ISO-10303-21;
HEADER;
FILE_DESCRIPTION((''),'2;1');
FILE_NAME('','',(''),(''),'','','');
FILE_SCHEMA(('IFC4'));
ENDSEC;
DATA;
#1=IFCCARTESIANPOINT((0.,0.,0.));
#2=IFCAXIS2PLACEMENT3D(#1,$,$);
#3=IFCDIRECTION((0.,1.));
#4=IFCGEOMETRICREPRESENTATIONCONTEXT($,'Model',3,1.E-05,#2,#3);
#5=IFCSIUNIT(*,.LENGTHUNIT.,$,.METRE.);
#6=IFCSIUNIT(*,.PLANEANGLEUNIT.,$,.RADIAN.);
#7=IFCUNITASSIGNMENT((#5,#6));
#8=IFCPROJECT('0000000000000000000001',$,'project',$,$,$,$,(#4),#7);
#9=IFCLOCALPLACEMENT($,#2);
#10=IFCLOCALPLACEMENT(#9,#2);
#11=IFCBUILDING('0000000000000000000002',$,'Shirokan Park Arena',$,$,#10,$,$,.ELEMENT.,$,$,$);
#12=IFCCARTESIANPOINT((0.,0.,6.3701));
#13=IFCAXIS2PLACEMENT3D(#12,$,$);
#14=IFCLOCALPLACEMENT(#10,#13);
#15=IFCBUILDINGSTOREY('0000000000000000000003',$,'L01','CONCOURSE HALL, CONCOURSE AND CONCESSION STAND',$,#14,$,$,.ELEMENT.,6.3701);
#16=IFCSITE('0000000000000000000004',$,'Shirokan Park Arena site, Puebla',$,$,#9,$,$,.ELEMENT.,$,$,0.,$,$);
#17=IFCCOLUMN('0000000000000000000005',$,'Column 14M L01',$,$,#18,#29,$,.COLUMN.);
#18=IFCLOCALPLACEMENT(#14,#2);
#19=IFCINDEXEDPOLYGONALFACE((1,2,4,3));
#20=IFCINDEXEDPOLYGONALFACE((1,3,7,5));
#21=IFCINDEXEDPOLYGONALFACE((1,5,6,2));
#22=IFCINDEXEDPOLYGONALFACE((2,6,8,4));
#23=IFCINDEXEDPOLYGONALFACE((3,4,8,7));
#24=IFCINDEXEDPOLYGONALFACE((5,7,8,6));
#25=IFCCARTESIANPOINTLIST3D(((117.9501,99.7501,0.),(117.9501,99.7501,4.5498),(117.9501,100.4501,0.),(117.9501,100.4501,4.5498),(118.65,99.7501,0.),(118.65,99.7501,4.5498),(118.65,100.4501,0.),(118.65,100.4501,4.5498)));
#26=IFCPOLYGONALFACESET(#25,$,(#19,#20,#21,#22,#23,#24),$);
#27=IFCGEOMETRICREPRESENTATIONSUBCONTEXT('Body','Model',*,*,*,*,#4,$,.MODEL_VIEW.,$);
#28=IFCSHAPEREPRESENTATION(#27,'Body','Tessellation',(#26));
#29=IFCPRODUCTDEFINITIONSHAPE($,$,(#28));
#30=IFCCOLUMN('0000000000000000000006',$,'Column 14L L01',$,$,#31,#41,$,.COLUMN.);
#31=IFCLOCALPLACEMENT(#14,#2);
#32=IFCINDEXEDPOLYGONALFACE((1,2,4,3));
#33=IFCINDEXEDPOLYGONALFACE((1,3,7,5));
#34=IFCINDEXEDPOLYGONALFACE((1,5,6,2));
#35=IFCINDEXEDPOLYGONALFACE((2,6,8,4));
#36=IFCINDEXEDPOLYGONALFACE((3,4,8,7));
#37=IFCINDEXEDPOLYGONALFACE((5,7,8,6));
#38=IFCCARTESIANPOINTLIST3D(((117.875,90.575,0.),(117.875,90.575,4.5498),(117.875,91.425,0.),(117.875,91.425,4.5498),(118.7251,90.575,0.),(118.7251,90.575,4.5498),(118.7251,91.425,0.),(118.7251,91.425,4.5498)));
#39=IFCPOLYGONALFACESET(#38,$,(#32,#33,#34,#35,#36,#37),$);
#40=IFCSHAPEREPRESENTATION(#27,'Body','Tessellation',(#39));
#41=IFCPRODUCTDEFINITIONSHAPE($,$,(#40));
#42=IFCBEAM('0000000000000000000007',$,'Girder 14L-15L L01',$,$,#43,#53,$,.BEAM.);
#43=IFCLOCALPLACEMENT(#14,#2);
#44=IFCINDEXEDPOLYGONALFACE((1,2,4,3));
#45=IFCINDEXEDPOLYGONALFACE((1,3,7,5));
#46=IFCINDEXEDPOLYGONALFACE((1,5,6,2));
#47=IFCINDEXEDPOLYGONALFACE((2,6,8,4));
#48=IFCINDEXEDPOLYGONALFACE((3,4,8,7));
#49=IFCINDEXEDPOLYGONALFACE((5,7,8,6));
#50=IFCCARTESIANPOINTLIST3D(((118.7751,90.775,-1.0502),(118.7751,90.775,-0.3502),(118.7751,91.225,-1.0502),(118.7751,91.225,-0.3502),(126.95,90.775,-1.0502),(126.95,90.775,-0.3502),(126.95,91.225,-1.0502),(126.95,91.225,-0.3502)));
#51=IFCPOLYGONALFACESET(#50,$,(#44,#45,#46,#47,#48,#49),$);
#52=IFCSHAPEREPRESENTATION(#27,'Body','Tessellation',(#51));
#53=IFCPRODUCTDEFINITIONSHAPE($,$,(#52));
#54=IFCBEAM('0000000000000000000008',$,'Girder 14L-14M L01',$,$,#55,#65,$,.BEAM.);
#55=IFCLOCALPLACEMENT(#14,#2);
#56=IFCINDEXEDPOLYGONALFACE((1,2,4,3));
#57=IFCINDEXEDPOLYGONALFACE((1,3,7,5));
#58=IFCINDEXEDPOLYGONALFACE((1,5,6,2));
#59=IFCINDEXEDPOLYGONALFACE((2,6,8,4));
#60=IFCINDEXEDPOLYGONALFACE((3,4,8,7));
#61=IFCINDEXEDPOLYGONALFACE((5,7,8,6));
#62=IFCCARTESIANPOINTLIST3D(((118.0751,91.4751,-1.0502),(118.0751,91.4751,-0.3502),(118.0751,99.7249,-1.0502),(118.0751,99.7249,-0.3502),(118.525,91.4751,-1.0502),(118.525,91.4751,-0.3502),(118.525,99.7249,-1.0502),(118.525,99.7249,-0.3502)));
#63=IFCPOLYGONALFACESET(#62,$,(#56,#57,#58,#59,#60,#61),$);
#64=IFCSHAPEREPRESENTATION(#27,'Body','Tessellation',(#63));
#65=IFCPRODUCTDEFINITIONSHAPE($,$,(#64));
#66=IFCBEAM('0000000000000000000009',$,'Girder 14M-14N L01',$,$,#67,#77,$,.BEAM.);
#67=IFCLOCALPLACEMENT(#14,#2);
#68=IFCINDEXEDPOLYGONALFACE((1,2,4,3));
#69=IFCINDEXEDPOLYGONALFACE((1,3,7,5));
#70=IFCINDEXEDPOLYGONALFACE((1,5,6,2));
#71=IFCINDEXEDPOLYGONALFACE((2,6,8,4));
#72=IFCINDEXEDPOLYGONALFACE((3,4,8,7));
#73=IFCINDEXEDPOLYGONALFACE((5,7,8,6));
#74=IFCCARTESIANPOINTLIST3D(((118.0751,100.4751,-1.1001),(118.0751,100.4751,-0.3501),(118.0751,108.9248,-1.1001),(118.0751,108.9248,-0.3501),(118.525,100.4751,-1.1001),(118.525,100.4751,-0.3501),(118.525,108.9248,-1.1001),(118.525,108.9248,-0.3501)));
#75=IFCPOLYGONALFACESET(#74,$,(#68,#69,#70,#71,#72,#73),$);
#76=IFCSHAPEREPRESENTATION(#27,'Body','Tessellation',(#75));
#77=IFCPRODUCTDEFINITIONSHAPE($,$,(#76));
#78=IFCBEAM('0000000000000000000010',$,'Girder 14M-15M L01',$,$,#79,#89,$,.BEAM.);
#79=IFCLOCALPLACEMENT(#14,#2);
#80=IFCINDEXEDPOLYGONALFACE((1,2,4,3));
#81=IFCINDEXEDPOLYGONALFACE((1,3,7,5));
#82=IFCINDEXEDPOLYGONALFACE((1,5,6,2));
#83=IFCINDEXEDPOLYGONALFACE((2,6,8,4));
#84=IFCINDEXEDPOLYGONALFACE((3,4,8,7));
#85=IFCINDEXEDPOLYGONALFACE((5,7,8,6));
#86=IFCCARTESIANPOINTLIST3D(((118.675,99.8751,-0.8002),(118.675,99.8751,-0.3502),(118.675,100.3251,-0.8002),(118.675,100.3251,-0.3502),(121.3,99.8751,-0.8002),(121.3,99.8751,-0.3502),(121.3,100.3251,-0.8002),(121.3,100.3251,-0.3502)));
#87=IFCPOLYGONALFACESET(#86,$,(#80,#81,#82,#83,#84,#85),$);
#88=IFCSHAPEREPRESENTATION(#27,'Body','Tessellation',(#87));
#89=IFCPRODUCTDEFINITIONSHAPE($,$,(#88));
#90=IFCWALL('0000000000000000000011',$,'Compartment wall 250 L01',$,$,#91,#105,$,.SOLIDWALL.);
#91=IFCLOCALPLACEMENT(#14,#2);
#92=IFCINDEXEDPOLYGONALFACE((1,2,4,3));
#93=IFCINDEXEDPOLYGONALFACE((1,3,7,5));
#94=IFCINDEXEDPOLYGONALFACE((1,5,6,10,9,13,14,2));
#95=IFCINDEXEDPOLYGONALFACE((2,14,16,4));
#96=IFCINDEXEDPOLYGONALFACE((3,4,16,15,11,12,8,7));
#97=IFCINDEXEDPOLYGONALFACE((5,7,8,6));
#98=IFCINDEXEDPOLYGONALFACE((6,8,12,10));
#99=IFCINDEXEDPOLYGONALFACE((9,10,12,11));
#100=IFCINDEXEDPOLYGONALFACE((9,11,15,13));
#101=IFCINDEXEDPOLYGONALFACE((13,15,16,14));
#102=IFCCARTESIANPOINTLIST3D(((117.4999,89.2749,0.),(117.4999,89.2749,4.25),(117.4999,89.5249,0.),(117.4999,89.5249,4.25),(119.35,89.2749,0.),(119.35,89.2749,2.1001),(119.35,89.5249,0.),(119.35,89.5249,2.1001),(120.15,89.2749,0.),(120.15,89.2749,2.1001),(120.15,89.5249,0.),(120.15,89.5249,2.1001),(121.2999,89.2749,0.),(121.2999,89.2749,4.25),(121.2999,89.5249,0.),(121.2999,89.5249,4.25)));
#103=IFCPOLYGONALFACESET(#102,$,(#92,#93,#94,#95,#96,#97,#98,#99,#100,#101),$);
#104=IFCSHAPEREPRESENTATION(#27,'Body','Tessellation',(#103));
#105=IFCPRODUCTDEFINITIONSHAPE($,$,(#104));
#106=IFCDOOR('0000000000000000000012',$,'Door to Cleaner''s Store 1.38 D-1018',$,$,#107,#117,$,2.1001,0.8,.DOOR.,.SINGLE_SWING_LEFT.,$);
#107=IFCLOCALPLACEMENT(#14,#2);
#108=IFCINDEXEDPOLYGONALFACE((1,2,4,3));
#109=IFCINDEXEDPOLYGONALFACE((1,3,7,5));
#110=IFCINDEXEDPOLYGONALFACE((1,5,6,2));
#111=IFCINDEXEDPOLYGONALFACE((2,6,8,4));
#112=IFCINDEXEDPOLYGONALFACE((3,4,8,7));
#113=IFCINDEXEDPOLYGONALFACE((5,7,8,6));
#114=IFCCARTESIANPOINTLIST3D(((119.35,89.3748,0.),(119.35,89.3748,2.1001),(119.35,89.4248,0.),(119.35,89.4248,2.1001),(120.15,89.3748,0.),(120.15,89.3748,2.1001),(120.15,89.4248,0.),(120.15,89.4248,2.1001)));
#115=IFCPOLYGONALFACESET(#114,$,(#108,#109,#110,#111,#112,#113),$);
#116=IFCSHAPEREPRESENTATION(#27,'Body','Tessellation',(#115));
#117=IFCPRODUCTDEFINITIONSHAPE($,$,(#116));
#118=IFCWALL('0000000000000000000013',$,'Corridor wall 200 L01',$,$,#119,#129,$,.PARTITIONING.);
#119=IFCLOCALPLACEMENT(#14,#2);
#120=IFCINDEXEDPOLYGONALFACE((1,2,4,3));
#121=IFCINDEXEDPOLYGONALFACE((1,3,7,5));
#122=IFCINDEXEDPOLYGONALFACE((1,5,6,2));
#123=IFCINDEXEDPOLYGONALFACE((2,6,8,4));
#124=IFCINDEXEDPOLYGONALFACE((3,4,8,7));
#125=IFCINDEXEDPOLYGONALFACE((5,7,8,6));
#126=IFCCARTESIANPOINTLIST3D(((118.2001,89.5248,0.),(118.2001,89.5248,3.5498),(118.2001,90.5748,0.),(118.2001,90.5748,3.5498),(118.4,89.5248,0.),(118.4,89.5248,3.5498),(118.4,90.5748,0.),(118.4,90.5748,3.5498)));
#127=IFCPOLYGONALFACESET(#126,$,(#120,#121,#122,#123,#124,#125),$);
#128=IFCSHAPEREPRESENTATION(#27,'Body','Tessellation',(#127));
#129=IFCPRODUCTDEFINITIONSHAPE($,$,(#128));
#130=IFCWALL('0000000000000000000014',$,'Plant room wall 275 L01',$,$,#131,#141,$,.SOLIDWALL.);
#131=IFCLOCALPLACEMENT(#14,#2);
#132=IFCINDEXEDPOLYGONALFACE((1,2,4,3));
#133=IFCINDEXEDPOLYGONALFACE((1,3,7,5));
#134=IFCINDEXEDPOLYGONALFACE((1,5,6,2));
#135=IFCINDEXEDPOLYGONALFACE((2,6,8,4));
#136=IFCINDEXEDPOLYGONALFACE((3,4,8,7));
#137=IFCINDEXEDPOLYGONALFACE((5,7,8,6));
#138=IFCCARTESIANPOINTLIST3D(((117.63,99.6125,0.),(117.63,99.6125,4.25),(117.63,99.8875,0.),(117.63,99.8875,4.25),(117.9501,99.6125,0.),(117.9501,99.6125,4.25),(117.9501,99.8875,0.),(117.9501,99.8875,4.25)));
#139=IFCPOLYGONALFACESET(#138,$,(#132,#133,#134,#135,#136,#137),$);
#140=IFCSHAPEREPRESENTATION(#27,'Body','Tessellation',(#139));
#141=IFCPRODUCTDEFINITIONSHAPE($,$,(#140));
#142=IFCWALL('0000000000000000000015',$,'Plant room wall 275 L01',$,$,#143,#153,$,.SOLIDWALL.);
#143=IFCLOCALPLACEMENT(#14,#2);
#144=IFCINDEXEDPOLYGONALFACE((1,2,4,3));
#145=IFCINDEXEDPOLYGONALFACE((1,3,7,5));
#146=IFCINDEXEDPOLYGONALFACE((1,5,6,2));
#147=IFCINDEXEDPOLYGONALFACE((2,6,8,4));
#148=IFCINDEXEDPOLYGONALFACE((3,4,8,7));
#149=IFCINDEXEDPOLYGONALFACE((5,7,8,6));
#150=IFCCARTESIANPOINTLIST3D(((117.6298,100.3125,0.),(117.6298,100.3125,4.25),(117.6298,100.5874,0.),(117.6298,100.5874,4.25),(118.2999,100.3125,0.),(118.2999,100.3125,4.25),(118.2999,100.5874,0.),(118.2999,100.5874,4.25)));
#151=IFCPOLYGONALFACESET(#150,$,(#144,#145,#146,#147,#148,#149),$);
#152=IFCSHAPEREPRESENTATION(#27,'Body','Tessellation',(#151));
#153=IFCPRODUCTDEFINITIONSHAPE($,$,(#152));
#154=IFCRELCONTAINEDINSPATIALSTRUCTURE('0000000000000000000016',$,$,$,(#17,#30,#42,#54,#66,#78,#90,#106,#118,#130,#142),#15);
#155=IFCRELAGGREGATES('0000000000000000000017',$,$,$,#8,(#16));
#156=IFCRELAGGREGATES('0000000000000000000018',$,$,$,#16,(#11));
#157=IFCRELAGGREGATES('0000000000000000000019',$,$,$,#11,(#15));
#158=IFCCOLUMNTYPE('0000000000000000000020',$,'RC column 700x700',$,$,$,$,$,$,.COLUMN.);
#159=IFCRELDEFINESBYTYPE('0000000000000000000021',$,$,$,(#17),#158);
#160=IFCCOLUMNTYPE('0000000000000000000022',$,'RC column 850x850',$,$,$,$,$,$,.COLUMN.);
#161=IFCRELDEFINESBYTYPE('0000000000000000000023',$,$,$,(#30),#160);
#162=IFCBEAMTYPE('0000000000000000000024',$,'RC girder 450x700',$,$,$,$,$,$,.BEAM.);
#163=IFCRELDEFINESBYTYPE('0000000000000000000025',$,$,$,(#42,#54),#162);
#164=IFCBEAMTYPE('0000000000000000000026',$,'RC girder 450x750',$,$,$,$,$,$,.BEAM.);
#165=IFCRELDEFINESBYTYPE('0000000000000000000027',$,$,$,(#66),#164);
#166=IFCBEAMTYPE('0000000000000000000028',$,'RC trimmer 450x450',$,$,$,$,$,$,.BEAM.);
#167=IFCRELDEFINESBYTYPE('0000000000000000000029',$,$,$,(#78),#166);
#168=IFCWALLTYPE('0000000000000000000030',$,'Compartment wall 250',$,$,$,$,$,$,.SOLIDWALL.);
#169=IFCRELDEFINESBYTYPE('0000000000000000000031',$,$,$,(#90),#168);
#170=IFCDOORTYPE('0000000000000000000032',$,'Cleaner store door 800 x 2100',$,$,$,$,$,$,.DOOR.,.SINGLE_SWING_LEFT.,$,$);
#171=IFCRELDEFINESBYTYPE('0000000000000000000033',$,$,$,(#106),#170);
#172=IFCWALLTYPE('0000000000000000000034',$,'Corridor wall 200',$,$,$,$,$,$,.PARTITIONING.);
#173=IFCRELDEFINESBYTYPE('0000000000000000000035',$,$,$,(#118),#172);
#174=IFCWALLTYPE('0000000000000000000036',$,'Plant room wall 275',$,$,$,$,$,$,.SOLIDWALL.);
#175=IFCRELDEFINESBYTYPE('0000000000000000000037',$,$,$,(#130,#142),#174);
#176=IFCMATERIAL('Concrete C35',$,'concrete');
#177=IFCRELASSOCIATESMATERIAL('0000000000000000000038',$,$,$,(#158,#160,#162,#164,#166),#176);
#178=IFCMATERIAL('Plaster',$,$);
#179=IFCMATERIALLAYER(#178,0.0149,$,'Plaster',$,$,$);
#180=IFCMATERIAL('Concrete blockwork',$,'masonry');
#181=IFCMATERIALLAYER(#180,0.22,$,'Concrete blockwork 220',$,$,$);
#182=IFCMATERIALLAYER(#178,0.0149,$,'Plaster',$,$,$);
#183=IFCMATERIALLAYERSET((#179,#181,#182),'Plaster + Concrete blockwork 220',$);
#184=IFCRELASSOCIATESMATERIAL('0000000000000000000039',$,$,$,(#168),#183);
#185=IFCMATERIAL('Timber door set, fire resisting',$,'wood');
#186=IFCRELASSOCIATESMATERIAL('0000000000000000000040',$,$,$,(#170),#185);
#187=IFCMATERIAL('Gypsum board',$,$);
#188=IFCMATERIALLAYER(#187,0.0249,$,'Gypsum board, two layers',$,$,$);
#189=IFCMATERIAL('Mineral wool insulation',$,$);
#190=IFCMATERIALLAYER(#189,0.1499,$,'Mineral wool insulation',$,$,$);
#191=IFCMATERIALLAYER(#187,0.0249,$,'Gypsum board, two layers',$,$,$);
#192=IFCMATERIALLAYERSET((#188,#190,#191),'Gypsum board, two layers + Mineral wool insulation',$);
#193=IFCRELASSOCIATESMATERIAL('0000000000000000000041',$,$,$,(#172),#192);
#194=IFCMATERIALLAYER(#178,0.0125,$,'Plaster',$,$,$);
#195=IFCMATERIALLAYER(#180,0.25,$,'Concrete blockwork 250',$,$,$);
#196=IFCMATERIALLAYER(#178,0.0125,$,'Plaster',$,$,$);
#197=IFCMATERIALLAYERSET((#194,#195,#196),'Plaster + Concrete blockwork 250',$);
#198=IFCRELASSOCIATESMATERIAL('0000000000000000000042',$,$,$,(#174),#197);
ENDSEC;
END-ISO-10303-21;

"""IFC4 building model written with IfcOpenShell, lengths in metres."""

from ifc_helpers import new_model, si_unit, direction, frame, frame_2d, origin, origin_2d, place, context, subcontext, project, spatial, rectangle, extrude, material, layer, layer_set, material_profile, profile_set, type_object, element, fill, save


model = new_model("IFC4")

# Units and contexts
model_context = context("Model", 3, precision=1e-05, world=origin(), true_north=direction((0.0, 1.0)))
body_context = subcontext(model_context, "Body", "Model", "MODEL_VIEW")
ifc_project = project(units=[si_unit("LENGTHUNIT", "METRE"), si_unit("PLANEANGLEUNIT", "RADIAN")], contexts=[model_context])

# Site, building, storey
site_placement = place(None, origin())
site = spatial("IfcSite", under=ifc_project, at=site_placement, Name="Shirokan Park Arena site, Puebla", CompositionType="ELEMENT", RefElevation=0.0)
building_placement = place(site_placement, origin())
building = spatial("IfcBuilding", under=site, at=building_placement, Name="Shirokan Park Arena", CompositionType="ELEMENT")
storey_placement = place(building_placement, frame((0.0, 0.0, 6.3701)))
storey = spatial("IfcBuildingStorey", under=building, at=storey_placement, Name="L01", Description="CONCOURSE HALL, CONCOURSE AND CONCESSION STAND", CompositionType="ELEMENT", Elevation=6.3701)

# Columns
ifc_material_1 = material(Name="Concrete C35", Category="concrete")
ifc_material_profile_1 = material_profile(ifc_material_1, rectangle(XDim=0.7, YDim=0.7, at=origin_2d()), Name="700x700")
ifc_profile_set_1 = profile_set([ifc_material_profile_1], Name="Concrete C35")
column_type_1 = type_object("IfcColumnType", Name="RC column 700x700", PredefinedType="COLUMN", material=ifc_profile_set_1)
column_1_placement = place(storey_placement, frame((118.3, 100.1001, 0.0), z_axis=(0.0, 0.0, 1.0), x_axis=(1.0, 0.0, 0.0)))
element("IfcColumn", 1, at=column_1_placement, inside=storey, type_object=column_type_1, Name="Column 14M L01", PredefinedType="COLUMN", context=body_context, shape_type="SweptSolid", body=[
    extrude(rectangle(XDim=0.7, YDim=0.7, at=origin_2d()), origin(), (0.0, 0.0, 1.0), 4.5498),
])
ifc_material_profile_2 = material_profile(ifc_material_1, rectangle(XDim=0.8501, YDim=0.8501, at=origin_2d()), Name="850x850")
ifc_profile_set_2 = profile_set([ifc_material_profile_2], Name="Concrete C35")
column_type_2 = type_object("IfcColumnType", Name="RC column 850x850", PredefinedType="COLUMN", material=ifc_profile_set_2)
column_2_placement = place(storey_placement, frame((118.3, 91.0, 0.0), z_axis=(0.0, 0.0, 1.0), x_axis=(1.0, 0.0, 0.0)))
element("IfcColumn", 2, at=column_2_placement, inside=storey, type_object=column_type_2, Name="Column 14L L01", PredefinedType="COLUMN", context=body_context, shape_type="SweptSolid", body=[
    extrude(rectangle(XDim=0.8501, YDim=0.8501, at=origin_2d()), origin(), (0.0, 0.0, 1.0), 4.5498),
])

# Beams
ifc_material_profile_3 = material_profile(ifc_material_1, rectangle(XDim=0.45, YDim=0.7, at=origin_2d()), Name="450x700")
ifc_profile_set_3 = profile_set([ifc_material_profile_3], Name="Concrete C35")
beam_type_1 = type_object("IfcBeamType", Name="RC girder 450x700", PredefinedType="BEAM", material=ifc_profile_set_3)
beam_1_placement = place(storey_placement, frame((118.7751, 91.0, -0.7002), z_axis=(1.0, 0.0, 0.0), x_axis=(0.0, 1.0, 0.0)))
element("IfcBeam", 3, at=beam_1_placement, inside=storey, type_object=beam_type_1, Name="Girder 14L-15L L01", PredefinedType="BEAM", context=body_context, shape_type="SweptSolid", body=[
    extrude(rectangle(XDim=0.45, YDim=0.7, at=origin_2d()), origin(), (0.0, 0.0, 1.0), 8.1748),
])
beam_2_placement = place(storey_placement, frame((118.3, 91.4751, -0.7002), z_axis=(0.0, 1.0, 0.0), x_axis=(-1.0, 0.0, 0.0)))
element("IfcBeam", 4, at=beam_2_placement, inside=storey, type_object=beam_type_1, Name="Girder 14L-14M L01", PredefinedType="BEAM", context=body_context, shape_type="SweptSolid", body=[
    extrude(rectangle(XDim=0.45, YDim=0.7, at=origin_2d()), origin(), (0.0, 0.0, 1.0), 8.2498),
])
ifc_material_profile_4 = material_profile(ifc_material_1, rectangle(XDim=0.45, YDim=0.75, at=origin_2d()), Name="450x750")
ifc_profile_set_4 = profile_set([ifc_material_profile_4], Name="Concrete C35")
beam_type_2 = type_object("IfcBeamType", Name="RC girder 450x750", PredefinedType="BEAM", material=ifc_profile_set_4)
beam_3_placement = place(storey_placement, frame((118.3, 100.4751, -0.7251), z_axis=(0.0, 1.0, 0.0), x_axis=(-1.0, 0.0, 0.0)))
element("IfcBeam", 5, at=beam_3_placement, inside=storey, type_object=beam_type_2, Name="Girder 14M-14N L01", PredefinedType="BEAM", context=body_context, shape_type="SweptSolid", body=[
    extrude(rectangle(XDim=0.45, YDim=0.75, at=origin_2d()), origin(), (0.0, 0.0, 1.0), 8.4497),
])
ifc_material_profile_5 = material_profile(ifc_material_1, rectangle(XDim=0.45, YDim=0.45, at=origin_2d()), Name="450x450")
ifc_profile_set_5 = profile_set([ifc_material_profile_5], Name="Concrete C35")
beam_type_3 = type_object("IfcBeamType", Name="RC trimmer 450x450", PredefinedType="BEAM", material=ifc_profile_set_5)
beam_4_placement = place(storey_placement, frame((118.675, 100.1001, -0.5752), z_axis=(1.0, 0.0, 0.0), x_axis=(0.0, 1.0, 0.0)))
element("IfcBeam", 6, at=beam_4_placement, inside=storey, type_object=beam_type_3, Name="Girder 14M-15M L01", PredefinedType="BEAM", context=body_context, shape_type="SweptSolid", body=[
    extrude(rectangle(XDim=0.45, YDim=0.45, at=origin_2d()), origin(), (0.0, 0.0, 1.0), 2.625),
])

# Wall, opening, door
ifc_material_2 = material(Name="Plaster")
ifc_layer_1 = layer(ifc_material_2, 0.0149, Name="Plaster")
ifc_material_3 = material(Name="Concrete blockwork", Category="masonry")
ifc_layer_2 = layer(ifc_material_3, 0.22, Name="Concrete blockwork 220")
ifc_layer_3 = layer(ifc_material_2, 0.0149, Name="Plaster")
ifc_layer_set_1 = layer_set([ifc_layer_1, ifc_layer_2, ifc_layer_3], Name="Plaster + Concrete blockwork 220")
wall_type_1 = type_object("IfcWallType", Name="Compartment wall 250", PredefinedType="SOLIDWALL", material=ifc_layer_set_1)
wall_1_placement = place(storey_placement, frame((117.5, 89.3999, 0.0), z_axis=(0.0, 0.0, 1.0), x_axis=(1.0, 0.0, 0.0)))
wall_1 = element("IfcWall", 7, at=wall_1_placement, inside=storey, type_object=wall_type_1, Name="Compartment wall 250 L01", PredefinedType="SOLIDWALL", context=body_context, shape_type="SweptSolid", body=[
    extrude(rectangle(XDim=3.8, YDim=0.25, at=frame_2d((1.8999, 0.0))), origin(), (0.0, 0.0, 1.0), 4.25),
])
opening_1_placement = place(wall_1_placement, frame((1.8501, 0.0, 0.0)))
opening_1 = element("IfcOpeningElement", 8, at=opening_1_placement, cuts=wall_1, PredefinedType="OPENING", context=body_context, shape_type="SweptSolid", body=[
    extrude(rectangle(XDim=0.8, YDim=2.1001, at=frame_2d((0.3999, 1.05))), frame((0.0, 0.135, 0.0), z_axis=(0.0, -1.0, 0.0), x_axis=(1.0, 0.0, 0.0)), (0.0, 0.0, 1.0), 0.27),
])
ifc_material_4 = material(Name="Timber door set, fire resisting", Category="wood")
door_type_1 = type_object("IfcDoorType", Name="Cleaner store door 800 x 2100", OperationType="SINGLE_SWING_LEFT", PredefinedType="DOOR", material=ifc_material_4)
door_1_placement = place(opening_1_placement, origin())
door_1 = element("IfcDoor", 9, at=door_1_placement, inside=storey, type_object=door_type_1, Name="Door to Cleaner's Store 1.38 D-1018", OperationType="SINGLE_SWING_LEFT", OverallHeight=2.1001, OverallWidth=0.8, PredefinedType="DOOR", context=body_context, shape_type="SweptSolid", body=[
    extrude(rectangle(XDim=0.8, YDim=2.1001, at=frame_2d((0.3999, 1.05))), frame((0.0, 0.0249, 0.0), z_axis=(0.0, -1.0, 0.0), x_axis=(1.0, 0.0, 0.0)), (0.0, 0.0, 1.0), 0.05),
])
fill(opening_1, door_1)
ifc_material_5 = material(Name="Gypsum board")
ifc_layer_4 = layer(ifc_material_5, 0.0249, Name="Gypsum board, two layers")
ifc_material_6 = material(Name="Mineral wool insulation")
ifc_layer_5 = layer(ifc_material_6, 0.1499, Name="Mineral wool insulation")
ifc_layer_6 = layer(ifc_material_5, 0.0249, Name="Gypsum board, two layers")
ifc_layer_set_2 = layer_set([ifc_layer_4, ifc_layer_5, ifc_layer_6], Name="Gypsum board, two layers + Mineral wool insulation")
wall_type_2 = type_object("IfcWallType", Name="Corridor wall 200", PredefinedType="PARTITIONING", material=ifc_layer_set_2)

# Wall
wall_2_placement = place(storey_placement, frame((118.3, 89.5249, 0.0), z_axis=(0.0, 0.0, 1.0), x_axis=(0.0, 1.0, 0.0)))
element("IfcWall", 10, at=wall_2_placement, inside=storey, type_object=wall_type_2, Name="Corridor wall 200 L01", PredefinedType="PARTITIONING", context=body_context, shape_type="SweptSolid", body=[
    extrude(rectangle(XDim=1.05, YDim=0.2, at=frame_2d((0.5249, 0.0))), origin(), (0.0, 0.0, 1.0), 3.5498),
])

# Shared definitions
ifc_layer_7 = layer(ifc_material_2, 0.0125, Name="Plaster")
ifc_layer_8 = layer(ifc_material_3, 0.25, Name="Concrete blockwork 250")
ifc_layer_9 = layer(ifc_material_2, 0.0125, Name="Plaster")
ifc_layer_set_3 = layer_set([ifc_layer_7, ifc_layer_8, ifc_layer_9], Name="Plaster + Concrete blockwork 250")
wall_type_3 = type_object("IfcWallType", Name="Plant room wall 275", PredefinedType="SOLIDWALL", material=ifc_layer_set_3)

# Walls
wall_3_placement = place(storey_placement, frame((117.6299, 99.75, 0.0), z_axis=(0.0, 0.0, 1.0), x_axis=(1.0, 0.0, 0.0)))
element("IfcWall", 11, at=wall_3_placement, inside=storey, type_object=wall_type_3, Name="Plant room wall 275 L01", PredefinedType="SOLIDWALL", context=body_context, shape_type="SweptSolid", body=[
    extrude(rectangle(XDim=0.3201, YDim=0.2749, at=frame_2d((0.1602, 0.0))), origin(), (0.0, 0.0, 1.0), 4.25),
])
wall_4_placement = place(storey_placement, frame((117.6299, 100.45, 0.0), z_axis=(0.0, 0.0, 1.0), x_axis=(1.0, 0.0, 0.0)))
element("IfcWall", 12, at=wall_4_placement, inside=storey, type_object=wall_type_3, Name="Plant room wall 275 L01", PredefinedType="SOLIDWALL", context=body_context, shape_type="SweptSolid", body=[
    extrude(rectangle(XDim=0.6702, YDim=0.2749, at=frame_2d((0.335, 0.0))), origin(), (0.0, 0.0, 1.0), 4.25),
])

save(model, "model.ifc")
